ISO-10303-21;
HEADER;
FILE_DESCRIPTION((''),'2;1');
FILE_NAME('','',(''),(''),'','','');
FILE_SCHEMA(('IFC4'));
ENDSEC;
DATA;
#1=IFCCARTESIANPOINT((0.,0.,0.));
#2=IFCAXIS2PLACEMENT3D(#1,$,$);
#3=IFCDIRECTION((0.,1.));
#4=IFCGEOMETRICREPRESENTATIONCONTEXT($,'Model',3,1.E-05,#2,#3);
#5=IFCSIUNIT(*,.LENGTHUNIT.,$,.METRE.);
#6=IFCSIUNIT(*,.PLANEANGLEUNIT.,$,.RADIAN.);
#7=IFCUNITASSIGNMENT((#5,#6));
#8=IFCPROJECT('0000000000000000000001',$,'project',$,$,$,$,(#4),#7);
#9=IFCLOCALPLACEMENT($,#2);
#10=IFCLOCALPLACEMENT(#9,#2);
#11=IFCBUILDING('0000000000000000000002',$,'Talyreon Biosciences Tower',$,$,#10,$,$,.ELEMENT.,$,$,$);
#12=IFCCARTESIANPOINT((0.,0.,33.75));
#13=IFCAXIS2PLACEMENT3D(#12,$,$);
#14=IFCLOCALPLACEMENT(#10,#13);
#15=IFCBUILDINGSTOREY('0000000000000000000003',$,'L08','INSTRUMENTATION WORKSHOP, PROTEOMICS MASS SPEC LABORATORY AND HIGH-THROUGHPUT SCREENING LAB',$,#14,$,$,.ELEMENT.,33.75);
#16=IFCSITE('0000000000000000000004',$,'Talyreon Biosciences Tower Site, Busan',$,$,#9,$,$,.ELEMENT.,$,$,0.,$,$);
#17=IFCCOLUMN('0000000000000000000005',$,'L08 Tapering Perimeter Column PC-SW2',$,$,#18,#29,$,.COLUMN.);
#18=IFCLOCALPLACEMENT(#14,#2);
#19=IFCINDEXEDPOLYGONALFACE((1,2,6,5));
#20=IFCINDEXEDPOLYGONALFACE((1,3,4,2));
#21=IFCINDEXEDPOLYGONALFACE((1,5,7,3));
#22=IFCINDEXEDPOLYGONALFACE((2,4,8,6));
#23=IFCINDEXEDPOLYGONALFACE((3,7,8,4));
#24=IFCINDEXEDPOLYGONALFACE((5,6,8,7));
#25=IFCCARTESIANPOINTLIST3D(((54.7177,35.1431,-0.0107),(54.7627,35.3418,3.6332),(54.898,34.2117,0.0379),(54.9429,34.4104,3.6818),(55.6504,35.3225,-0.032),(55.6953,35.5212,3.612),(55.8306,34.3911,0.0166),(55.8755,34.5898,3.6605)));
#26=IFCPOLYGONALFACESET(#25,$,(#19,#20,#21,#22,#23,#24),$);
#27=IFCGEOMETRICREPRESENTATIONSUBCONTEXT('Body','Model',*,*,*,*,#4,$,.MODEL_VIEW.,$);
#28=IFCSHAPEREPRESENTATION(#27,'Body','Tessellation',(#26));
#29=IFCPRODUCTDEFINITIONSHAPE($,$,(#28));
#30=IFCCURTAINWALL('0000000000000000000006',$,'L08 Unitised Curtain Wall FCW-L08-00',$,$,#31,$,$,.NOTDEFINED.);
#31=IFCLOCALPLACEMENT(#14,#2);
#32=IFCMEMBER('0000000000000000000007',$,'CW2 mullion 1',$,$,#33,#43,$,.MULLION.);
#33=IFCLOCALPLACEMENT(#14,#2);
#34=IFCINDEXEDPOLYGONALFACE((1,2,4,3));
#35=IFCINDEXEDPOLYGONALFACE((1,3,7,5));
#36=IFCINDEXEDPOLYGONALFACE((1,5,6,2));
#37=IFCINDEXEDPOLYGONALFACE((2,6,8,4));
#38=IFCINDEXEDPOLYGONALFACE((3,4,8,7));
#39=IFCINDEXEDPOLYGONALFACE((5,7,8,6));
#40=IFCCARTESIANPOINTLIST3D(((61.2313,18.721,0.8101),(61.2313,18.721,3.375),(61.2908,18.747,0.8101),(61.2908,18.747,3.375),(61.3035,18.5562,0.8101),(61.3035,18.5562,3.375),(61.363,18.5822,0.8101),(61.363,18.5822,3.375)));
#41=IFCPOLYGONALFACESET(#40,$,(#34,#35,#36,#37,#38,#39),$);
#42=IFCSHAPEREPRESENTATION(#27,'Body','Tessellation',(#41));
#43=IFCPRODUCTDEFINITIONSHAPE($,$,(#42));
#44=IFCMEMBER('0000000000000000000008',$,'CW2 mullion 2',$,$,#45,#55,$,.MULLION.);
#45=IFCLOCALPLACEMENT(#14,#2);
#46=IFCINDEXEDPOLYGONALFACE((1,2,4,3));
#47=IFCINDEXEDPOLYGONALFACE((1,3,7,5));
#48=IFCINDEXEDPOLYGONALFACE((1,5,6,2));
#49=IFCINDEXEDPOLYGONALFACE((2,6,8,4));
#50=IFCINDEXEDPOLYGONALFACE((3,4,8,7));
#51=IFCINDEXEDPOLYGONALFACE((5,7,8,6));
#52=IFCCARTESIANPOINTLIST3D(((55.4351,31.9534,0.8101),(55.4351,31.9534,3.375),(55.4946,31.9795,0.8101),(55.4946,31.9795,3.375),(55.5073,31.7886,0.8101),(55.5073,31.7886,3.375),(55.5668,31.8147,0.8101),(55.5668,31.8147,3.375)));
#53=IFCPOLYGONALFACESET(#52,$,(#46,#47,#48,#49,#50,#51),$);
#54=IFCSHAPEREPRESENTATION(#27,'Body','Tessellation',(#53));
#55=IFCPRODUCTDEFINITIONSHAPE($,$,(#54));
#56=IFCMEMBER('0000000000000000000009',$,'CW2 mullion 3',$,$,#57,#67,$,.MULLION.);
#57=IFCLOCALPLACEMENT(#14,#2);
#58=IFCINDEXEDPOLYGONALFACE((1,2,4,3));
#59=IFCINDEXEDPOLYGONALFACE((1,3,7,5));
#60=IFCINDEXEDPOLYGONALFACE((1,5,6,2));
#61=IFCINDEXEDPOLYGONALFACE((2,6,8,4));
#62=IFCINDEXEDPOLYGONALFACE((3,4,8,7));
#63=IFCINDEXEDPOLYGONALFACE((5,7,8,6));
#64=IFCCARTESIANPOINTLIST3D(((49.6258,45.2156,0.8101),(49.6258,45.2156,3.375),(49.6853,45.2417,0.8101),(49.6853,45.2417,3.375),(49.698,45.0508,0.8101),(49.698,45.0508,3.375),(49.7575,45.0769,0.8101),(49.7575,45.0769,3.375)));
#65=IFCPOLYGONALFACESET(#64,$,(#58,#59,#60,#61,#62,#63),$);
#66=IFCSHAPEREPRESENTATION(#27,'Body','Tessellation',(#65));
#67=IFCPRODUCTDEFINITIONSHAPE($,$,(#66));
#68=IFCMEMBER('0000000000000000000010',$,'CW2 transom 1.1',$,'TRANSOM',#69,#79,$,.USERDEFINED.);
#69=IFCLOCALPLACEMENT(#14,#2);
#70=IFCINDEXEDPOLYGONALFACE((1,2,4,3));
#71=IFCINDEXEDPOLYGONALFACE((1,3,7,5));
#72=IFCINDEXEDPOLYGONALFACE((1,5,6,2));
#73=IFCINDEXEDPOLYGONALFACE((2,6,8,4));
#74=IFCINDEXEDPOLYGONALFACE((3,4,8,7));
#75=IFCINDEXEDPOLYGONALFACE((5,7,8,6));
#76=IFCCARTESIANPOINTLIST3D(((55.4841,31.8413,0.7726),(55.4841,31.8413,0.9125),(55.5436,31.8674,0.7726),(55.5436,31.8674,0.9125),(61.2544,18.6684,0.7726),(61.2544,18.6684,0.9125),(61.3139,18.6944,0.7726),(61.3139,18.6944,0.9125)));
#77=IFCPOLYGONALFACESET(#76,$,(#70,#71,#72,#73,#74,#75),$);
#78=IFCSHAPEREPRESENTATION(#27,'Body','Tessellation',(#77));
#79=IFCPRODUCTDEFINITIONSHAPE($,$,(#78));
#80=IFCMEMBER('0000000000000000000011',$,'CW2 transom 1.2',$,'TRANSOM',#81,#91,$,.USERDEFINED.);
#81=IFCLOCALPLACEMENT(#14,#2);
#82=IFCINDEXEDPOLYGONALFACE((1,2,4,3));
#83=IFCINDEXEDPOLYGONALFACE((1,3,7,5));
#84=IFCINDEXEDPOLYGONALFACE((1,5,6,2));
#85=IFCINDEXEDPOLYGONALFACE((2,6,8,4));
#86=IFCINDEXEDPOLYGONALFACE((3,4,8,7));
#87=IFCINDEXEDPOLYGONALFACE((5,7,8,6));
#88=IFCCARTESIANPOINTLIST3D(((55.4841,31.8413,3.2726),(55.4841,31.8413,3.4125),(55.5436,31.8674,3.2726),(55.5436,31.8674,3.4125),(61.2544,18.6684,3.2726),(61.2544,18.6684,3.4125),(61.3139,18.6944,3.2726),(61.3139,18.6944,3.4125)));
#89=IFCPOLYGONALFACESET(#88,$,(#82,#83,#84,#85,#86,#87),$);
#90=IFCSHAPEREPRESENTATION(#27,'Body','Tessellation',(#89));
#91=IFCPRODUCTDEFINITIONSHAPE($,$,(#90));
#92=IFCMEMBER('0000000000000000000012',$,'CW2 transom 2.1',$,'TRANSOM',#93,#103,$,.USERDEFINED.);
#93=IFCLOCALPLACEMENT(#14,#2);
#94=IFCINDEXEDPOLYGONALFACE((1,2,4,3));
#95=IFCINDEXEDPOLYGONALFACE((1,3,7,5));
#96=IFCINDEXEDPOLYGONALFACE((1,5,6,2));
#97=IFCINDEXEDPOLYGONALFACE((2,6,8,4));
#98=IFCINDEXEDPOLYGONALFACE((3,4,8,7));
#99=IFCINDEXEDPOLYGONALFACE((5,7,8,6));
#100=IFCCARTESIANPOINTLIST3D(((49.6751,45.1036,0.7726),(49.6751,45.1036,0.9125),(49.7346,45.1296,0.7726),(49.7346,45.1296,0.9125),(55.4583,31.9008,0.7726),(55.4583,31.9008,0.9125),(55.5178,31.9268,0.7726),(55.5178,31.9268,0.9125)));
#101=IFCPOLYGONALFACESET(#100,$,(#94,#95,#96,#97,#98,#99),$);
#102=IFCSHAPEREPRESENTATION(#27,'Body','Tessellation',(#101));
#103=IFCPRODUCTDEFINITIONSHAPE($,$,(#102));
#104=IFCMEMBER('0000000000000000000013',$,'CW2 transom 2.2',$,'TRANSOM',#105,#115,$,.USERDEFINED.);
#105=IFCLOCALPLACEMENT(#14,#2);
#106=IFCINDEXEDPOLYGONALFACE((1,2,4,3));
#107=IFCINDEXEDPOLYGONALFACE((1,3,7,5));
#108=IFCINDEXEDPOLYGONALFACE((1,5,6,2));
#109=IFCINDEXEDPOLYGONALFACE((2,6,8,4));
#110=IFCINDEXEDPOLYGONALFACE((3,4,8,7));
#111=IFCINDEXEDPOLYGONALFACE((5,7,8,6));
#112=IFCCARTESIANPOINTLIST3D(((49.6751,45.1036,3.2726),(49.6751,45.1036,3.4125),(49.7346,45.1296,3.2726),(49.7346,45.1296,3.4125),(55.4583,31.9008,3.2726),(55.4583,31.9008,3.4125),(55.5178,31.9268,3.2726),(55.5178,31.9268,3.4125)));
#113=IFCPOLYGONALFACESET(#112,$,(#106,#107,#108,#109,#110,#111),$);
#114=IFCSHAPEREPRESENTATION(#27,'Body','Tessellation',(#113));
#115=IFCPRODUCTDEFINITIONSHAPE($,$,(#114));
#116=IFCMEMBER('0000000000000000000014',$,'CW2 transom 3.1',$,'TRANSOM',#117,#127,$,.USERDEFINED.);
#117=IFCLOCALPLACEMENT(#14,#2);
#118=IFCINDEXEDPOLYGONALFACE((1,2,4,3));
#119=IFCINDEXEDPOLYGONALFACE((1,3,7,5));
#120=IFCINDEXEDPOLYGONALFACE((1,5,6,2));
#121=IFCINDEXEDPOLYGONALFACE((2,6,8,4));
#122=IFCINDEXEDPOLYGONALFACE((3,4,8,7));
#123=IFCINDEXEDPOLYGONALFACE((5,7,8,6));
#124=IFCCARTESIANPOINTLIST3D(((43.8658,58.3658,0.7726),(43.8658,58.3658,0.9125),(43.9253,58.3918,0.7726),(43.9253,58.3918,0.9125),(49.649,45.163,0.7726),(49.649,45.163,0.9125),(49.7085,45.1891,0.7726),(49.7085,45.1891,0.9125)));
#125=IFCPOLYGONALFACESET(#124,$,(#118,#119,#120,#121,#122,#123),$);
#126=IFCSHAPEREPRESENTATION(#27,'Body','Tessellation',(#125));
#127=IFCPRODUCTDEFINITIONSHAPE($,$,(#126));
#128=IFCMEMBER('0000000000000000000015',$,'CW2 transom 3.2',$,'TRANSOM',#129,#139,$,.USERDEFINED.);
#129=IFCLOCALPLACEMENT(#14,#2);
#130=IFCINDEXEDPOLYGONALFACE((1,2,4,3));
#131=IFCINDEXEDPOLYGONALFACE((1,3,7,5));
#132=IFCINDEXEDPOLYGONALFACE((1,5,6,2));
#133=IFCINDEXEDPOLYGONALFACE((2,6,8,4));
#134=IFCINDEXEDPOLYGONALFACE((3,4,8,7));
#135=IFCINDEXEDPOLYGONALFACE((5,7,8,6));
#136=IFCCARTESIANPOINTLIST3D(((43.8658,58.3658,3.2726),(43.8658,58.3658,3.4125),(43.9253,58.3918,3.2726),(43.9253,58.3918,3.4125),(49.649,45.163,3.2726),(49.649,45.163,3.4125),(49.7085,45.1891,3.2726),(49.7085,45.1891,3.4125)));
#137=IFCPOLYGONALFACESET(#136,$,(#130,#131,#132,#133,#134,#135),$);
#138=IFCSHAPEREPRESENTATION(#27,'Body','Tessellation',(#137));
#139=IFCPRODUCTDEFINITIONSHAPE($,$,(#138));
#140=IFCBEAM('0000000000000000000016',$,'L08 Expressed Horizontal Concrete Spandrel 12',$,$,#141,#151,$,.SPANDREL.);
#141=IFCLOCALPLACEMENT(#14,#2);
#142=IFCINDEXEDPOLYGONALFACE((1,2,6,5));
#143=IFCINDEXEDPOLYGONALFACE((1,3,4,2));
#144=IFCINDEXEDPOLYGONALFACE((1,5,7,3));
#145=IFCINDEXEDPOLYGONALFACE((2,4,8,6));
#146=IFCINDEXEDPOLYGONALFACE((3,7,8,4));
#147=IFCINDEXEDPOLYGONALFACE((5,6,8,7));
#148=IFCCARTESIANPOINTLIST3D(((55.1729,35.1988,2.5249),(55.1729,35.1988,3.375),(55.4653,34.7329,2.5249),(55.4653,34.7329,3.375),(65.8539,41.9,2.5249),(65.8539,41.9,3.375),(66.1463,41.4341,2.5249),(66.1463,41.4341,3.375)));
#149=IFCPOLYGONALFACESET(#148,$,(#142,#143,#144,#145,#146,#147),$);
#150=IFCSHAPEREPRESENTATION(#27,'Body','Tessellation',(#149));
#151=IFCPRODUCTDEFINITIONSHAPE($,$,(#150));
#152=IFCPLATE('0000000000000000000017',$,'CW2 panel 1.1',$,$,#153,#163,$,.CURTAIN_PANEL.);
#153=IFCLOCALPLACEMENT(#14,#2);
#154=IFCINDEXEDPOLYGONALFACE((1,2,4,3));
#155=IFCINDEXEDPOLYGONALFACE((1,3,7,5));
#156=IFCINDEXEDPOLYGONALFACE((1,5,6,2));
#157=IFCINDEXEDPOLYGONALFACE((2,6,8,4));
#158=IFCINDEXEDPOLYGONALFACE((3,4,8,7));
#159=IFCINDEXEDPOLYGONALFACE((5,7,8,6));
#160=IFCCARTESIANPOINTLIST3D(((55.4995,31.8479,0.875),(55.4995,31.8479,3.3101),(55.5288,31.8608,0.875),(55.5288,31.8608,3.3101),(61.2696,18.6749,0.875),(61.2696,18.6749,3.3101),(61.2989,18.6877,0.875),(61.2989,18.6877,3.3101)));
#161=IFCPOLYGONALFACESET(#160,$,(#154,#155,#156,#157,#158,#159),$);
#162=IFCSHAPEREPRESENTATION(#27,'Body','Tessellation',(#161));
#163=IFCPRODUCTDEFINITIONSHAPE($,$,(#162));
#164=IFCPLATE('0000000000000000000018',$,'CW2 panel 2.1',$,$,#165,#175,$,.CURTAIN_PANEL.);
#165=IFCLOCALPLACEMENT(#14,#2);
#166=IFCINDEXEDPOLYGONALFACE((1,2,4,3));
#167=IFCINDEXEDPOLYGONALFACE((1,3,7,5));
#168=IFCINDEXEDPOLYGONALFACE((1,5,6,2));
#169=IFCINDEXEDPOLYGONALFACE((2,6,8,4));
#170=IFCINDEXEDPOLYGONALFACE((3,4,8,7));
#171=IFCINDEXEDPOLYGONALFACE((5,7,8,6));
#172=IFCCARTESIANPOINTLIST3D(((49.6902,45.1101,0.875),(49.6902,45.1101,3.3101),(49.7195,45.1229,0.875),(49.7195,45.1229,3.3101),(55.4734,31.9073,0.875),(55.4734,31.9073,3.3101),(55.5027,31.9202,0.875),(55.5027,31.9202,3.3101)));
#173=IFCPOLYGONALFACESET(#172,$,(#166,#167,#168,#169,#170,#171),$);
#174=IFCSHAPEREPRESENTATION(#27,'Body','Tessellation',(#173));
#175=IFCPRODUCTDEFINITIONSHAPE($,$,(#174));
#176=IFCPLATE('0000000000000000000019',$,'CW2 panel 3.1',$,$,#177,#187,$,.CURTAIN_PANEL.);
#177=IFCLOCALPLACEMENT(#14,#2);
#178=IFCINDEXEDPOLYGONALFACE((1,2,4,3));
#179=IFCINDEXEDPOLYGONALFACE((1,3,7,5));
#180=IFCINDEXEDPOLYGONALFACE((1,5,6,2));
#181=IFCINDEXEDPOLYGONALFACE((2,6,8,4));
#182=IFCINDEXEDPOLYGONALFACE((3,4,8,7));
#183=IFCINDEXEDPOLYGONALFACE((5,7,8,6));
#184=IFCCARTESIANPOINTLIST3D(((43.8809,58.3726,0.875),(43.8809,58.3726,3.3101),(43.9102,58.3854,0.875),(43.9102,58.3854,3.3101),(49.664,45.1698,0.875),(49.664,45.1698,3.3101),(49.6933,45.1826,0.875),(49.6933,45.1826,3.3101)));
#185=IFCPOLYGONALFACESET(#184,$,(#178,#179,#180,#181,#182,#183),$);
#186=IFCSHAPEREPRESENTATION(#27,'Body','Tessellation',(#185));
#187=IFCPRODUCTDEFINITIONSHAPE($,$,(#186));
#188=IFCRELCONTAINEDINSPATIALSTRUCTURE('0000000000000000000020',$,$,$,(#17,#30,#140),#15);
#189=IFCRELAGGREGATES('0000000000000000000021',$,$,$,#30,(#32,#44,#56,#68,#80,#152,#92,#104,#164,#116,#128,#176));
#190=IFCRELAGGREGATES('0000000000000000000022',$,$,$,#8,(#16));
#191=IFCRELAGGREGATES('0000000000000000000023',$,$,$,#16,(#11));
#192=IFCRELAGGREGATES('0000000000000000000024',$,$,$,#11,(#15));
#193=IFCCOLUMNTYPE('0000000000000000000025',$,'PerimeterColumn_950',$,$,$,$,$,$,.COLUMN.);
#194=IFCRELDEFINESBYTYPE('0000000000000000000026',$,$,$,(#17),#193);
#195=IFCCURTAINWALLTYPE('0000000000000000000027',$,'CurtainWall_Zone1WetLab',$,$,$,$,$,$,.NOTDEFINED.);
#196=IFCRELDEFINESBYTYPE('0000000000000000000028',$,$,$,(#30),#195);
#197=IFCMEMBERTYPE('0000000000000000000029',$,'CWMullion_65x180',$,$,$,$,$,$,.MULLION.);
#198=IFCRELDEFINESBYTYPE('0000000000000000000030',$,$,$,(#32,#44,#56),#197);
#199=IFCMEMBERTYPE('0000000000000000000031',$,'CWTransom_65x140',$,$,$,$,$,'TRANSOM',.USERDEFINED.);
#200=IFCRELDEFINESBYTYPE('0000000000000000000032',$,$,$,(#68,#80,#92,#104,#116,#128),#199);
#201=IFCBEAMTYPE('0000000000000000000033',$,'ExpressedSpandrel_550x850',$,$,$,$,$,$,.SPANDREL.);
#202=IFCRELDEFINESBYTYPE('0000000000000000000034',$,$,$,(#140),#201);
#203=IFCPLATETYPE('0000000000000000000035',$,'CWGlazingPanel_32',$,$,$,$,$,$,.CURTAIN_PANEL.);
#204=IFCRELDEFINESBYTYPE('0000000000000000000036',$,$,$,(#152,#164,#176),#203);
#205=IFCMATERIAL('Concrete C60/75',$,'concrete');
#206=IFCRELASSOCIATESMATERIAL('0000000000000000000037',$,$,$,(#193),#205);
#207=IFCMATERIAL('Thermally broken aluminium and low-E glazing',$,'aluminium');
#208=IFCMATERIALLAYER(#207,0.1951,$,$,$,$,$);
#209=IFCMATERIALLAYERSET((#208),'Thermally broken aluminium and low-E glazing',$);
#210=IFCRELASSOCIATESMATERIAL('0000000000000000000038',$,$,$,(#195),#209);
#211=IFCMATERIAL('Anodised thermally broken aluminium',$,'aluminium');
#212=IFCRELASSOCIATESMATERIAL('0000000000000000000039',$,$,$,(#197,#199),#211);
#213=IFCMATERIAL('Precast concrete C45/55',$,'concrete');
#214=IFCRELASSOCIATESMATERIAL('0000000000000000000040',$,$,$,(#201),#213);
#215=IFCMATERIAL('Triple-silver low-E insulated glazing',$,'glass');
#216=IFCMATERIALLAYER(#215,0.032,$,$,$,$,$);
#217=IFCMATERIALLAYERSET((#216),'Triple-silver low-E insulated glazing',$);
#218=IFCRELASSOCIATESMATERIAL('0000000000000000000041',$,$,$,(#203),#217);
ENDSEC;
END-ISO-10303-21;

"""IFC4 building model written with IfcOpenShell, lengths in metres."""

from ifc_helpers import new_model, si_unit, direction, frame, origin, origin_2d, place, context, subcontext, project, spatial, rectangle, extrude, material, layer, layer_set, material_profile, profile_set, type_object, element, aggregate, save


model = new_model("IFC4")

# Units and contexts
model_context = context("Model", 3, precision=1e-05, world=origin(), true_north=direction((0.0, 1.0)))
body_context = subcontext(model_context, "Body", "Model", "MODEL_VIEW")
ifc_project = project(units=[si_unit("LENGTHUNIT", "METRE"), si_unit("PLANEANGLEUNIT", "RADIAN")], contexts=[model_context])

# Site, building, storey
site_placement = place(None, origin())
site = spatial("IfcSite", under=ifc_project, at=site_placement, Name="Talyreon Biosciences Tower Site, Busan", CompositionType="ELEMENT", RefElevation=0.0)
building_placement = place(site_placement, origin())
building = spatial("IfcBuilding", under=site, at=building_placement, Name="Talyreon Biosciences Tower", CompositionType="ELEMENT")
storey_placement = place(building_placement, frame((0.0, 0.0, 33.75)))
storey = spatial("IfcBuildingStorey", under=building, at=storey_placement, Name="L08", Description="INSTRUMENTATION WORKSHOP, PROTEOMICS MASS SPEC LABORATORY AND HIGH-THROUGHPUT SCREENING LAB", CompositionType="ELEMENT", Elevation=33.75)

# Column
ifc_material_1 = material(Name="Concrete C60/75", Category="concrete")
ifc_material_profile_1 = material_profile(ifc_material_1, rectangle(XDim=0.95, YDim=0.95, at=origin_2d()), Name="RC 950x950")
ifc_profile_set_1 = profile_set([ifc_material_profile_1], Name="Concrete C60/75")
column_type = type_object("IfcColumnType", Name="PerimeterColumn_950", PredefinedType="COLUMN", material=ifc_profile_set_1)
column_placement = place(storey_placement, frame((55.2742, 34.7671, 0.0029), z_axis=(0.012308, 0.054451, 0.998441), x_axis=(-0.189748, 0.9805, -0.051133)))
element("IfcColumn", 1, at=column_placement, inside=storey, type_object=column_type, Name="L08 Tapering Perimeter Column PC-SW2", PredefinedType="COLUMN", context=body_context, shape_type="SweptSolid", body=[
    extrude(rectangle(XDim=0.95, YDim=0.95, at=origin_2d()), origin(), (0.0, 0.0, 1.0), 3.6497),
])

# Curtain wall, members
ifc_material_2 = material(Name="Thermally broken aluminium and low-E glazing", Category="aluminium")
ifc_layer_1 = layer(ifc_material_2, 0.1951)
ifc_layer_set_1 = layer_set([ifc_layer_1], Name="Thermally broken aluminium and low-E glazing")
curtain_wall_type = type_object("IfcCurtainWallType", Name="CurtainWall_Zone1WetLab", PredefinedType="NOTDEFINED", material=ifc_layer_set_1)
curtain_wall_placement = place(storey_placement, origin())
curtain_wall = element("IfcCurtainWall", 2, at=curtain_wall_placement, inside=storey, type_object=curtain_wall_type, Name="L08 Unitised Curtain Wall FCW-L08-00", PredefinedType="NOTDEFINED")
ifc_material_3 = material(Name="Anodised thermally broken aluminium", Category="aluminium")
ifc_material_profile_2 = material_profile(ifc_material_3, rectangle(XDim=0.0649, YDim=0.1799, at=origin_2d()), Name="ALUM MULLION 65x180")
ifc_profile_set_2 = profile_set([ifc_material_profile_2], Name="Anodised thermally broken aluminium")
member_type_1 = type_object("IfcMemberType", Name="CWMullion_65x180", PredefinedType="MULLION", material=ifc_profile_set_2)
member_1_placement = place(storey_placement, frame((61.2971, 18.6516, 0.8101), z_axis=(0.0, 0.0, 1.0), x_axis=(-0.91598, -0.401223, 0.0)))
member_1 = element("IfcMember", 3, at=member_1_placement, type_object=member_type_1, Name="CW2 mullion 1", PredefinedType="MULLION", context=body_context, shape_type="SweptSolid", body=[
    extrude(rectangle(XDim=0.0649, YDim=0.1799, at=origin_2d()), origin(), (0.0, 0.0, 1.0), 2.5649),
])
member_2_placement = place(storey_placement, frame((55.501, 31.884, 0.8101), z_axis=(0.0, 0.0, 1.0), x_axis=(-0.91598, -0.401223, 0.0)))
member_2 = element("IfcMember", 4, at=member_2_placement, type_object=member_type_1, Name="CW2 mullion 2", PredefinedType="MULLION", context=body_context, shape_type="SweptSolid", body=[
    extrude(rectangle(XDim=0.0649, YDim=0.1799, at=origin_2d()), origin(), (0.0, 0.0, 1.0), 2.5649),
])
member_3_placement = place(storey_placement, frame((49.6917, 45.1462, 0.8101), z_axis=(0.0, 0.0, 1.0), x_axis=(-0.91598, -0.401223, 0.0)))
member_3 = element("IfcMember", 5, at=member_3_placement, type_object=member_type_1, Name="CW2 mullion 3", PredefinedType="MULLION", context=body_context, shape_type="SweptSolid", body=[
    extrude(rectangle(XDim=0.0649, YDim=0.1799, at=origin_2d()), origin(), (0.0, 0.0, 1.0), 2.5649),
])
ifc_material_profile_3 = material_profile(ifc_material_3, rectangle(XDim=0.0649, YDim=0.1399, at=origin_2d()), Name="ALUM TRANSOM 65x140")
ifc_profile_set_3 = profile_set([ifc_material_profile_3], Name="Anodised thermally broken aluminium")
member_type_2 = type_object("IfcMemberType", Name="CWTransom_65x140", ElementType="TRANSOM", PredefinedType="USERDEFINED", material=ifc_profile_set_3)
member_4_placement = place(storey_placement, frame((61.2842, 18.6814, 0.8425), z_axis=(-0.401236, 0.915975, 0.0), x_axis=(-0.915975, -0.401236, 0.0)))
member_4 = element("IfcMember", 6, at=member_4_placement, type_object=member_type_2, Name="CW2 transom 1.1", ObjectType="TRANSOM", PredefinedType="USERDEFINED", context=body_context, shape_type="SweptSolid", body=[
    extrude(rectangle(XDim=0.0649, YDim=0.1399, at=origin_2d()), origin(), (0.0, 0.0, 1.0), 14.3813),
])
member_5_placement = place(storey_placement, frame((61.2842, 18.6814, 3.3425), z_axis=(-0.401236, 0.915975, 0.0), x_axis=(-0.915975, -0.401236, 0.0)))
member_5 = element("IfcMember", 7, at=member_5_placement, type_object=member_type_2, Name="CW2 transom 1.2", ObjectType="TRANSOM", PredefinedType="USERDEFINED", context=body_context, shape_type="SweptSolid", body=[
    extrude(rectangle(XDim=0.0649, YDim=0.1399, at=origin_2d()), origin(), (0.0, 0.0, 1.0), 14.3813),
])
member_6_placement = place(storey_placement, frame((55.488, 31.9138, 0.8425), z_axis=(-0.401223, 0.91598, 0.0), x_axis=(-0.91598, -0.401223, 0.0)))
member_6 = element("IfcMember", 8, at=member_6_placement, type_object=member_type_2, Name="CW2 transom 2.1", ObjectType="TRANSOM", PredefinedType="USERDEFINED", context=body_context, shape_type="SweptSolid", body=[
    extrude(rectangle(XDim=0.0649, YDim=0.1399, at=origin_2d()), origin(), (0.0, 0.0, 1.0), 14.4138),
])
member_7_placement = place(storey_placement, frame((55.488, 31.9138, 3.3425), z_axis=(-0.401223, 0.91598, 0.0), x_axis=(-0.91598, -0.401223, 0.0)))
member_7 = element("IfcMember", 9, at=member_7_placement, type_object=member_type_2, Name="CW2 transom 2.2", ObjectType="TRANSOM", PredefinedType="USERDEFINED", context=body_context, shape_type="SweptSolid", body=[
    extrude(rectangle(XDim=0.0649, YDim=0.1399, at=origin_2d()), origin(), (0.0, 0.0, 1.0), 14.4138),
])
member_8_placement = place(storey_placement, frame((49.6787, 45.176, 0.8425), z_axis=(-0.401223, 0.91598, 0.0), x_axis=(-0.91598, -0.401223, 0.0)))
member_8 = element("IfcMember", 10, at=member_8_placement, type_object=member_type_2, Name="CW2 transom 3.1", ObjectType="TRANSOM", PredefinedType="USERDEFINED", context=body_context, shape_type="SweptSolid", body=[
    extrude(rectangle(XDim=0.0649, YDim=0.1399, at=origin_2d()), origin(), (0.0, 0.0, 1.0), 14.4138),
])
member_9_placement = place(storey_placement, frame((49.6787, 45.176, 3.3425), z_axis=(-0.401223, 0.91598, 0.0), x_axis=(-0.91598, -0.401223, 0.0)))
member_9 = element("IfcMember", 11, at=member_9_placement, type_object=member_type_2, Name="CW2 transom 3.2", ObjectType="TRANSOM", PredefinedType="USERDEFINED", context=body_context, shape_type="SweptSolid", body=[
    extrude(rectangle(XDim=0.0649, YDim=0.1399, at=origin_2d()), origin(), (0.0, 0.0, 1.0), 14.4138),
])

# Beam
ifc_material_4 = material(Name="Precast concrete C45/55", Category="concrete")
ifc_material_profile_4 = material_profile(ifc_material_4, rectangle(XDim=0.55, YDim=0.8501, at=origin_2d()), Name="RCB 550x850")
ifc_profile_set_4 = profile_set([ifc_material_profile_4], Name="Precast concrete C45/55")
beam_type = type_object("IfcBeamType", Name="ExpressedSpandrel_550x850", PredefinedType="SPANDREL", material=ifc_profile_set_4)
beam_placement = place(storey_placement, frame((55.3191, 34.9658, 2.95), z_axis=(0.847084, 0.531458, 0.0), x_axis=(-0.531458, 0.847084, 0.0)))
element("IfcBeam", 12, at=beam_placement, inside=storey, type_object=beam_type, Name="L08 Expressed Horizontal Concrete Spandrel 12", PredefinedType="SPANDREL", context=body_context, shape_type="SweptSolid", body=[
    extrude(rectangle(XDim=0.55, YDim=0.8501, at=origin_2d()), origin(), (0.0, 0.0, 1.0), 12.6091),
])

# Plates
ifc_material_5 = material(Name="Triple-silver low-E insulated glazing", Category="glass")
ifc_layer_2 = layer(ifc_material_5, 0.032)
ifc_layer_set_2 = layer_set([ifc_layer_2], Name="Triple-silver low-E insulated glazing")
plate_type_1 = type_object("IfcPlateType", Name="CWGlazingPanel_32", PredefinedType="CURTAIN_PANEL", material=ifc_layer_set_2)
plate_1_placement = place(storey_placement, frame((58.3992, 25.2678, 0.875), z_axis=(0.0, 0.0, 1.0), x_axis=(-0.401223, 0.91598, 0.0)))
plate_1 = element("IfcPlate", 13, at=plate_1_placement, type_object=plate_type_1, Name="CW2 panel 1.1", PredefinedType="CURTAIN_PANEL", context=body_context, shape_type="SweptSolid", body=[
    extrude(rectangle(XDim=14.3813, YDim=0.032, at=origin_2d()), origin(), (0.0, 0.0, 1.0), 2.4351),
])
plate_2_placement = place(storey_placement, frame((52.5964, 38.5151, 0.875), z_axis=(0.0, 0.0, 1.0), x_axis=(-0.401223, 0.91598, 0.0)))
plate_2 = element("IfcPlate", 14, at=plate_2_placement, type_object=plate_type_1, Name="CW2 panel 2.1", PredefinedType="CURTAIN_PANEL", context=body_context, shape_type="SweptSolid", body=[
    extrude(rectangle(XDim=14.4138, YDim=0.032, at=origin_2d()), origin(), (0.0, 0.0, 1.0), 2.4351),
])
plate_3_placement = place(storey_placement, frame((46.7871, 51.7776, 0.875), z_axis=(0.0, 0.0, 1.0), x_axis=(-0.401223, 0.91598, 0.0)))
plate_3 = element("IfcPlate", 15, at=plate_3_placement, type_object=plate_type_1, Name="CW2 panel 3.1", PredefinedType="CURTAIN_PANEL", context=body_context, shape_type="SweptSolid", body=[
    extrude(rectangle(XDim=14.4138, YDim=0.032, at=origin_2d()), origin(), (0.0, 0.0, 1.0), 2.4351),
])
aggregate(curtain_wall, [member_1, member_2, member_3, member_4, member_5, plate_1, member_6, member_7, plate_2, member_8, member_9, plate_3])

save(model, "model.ifc")
